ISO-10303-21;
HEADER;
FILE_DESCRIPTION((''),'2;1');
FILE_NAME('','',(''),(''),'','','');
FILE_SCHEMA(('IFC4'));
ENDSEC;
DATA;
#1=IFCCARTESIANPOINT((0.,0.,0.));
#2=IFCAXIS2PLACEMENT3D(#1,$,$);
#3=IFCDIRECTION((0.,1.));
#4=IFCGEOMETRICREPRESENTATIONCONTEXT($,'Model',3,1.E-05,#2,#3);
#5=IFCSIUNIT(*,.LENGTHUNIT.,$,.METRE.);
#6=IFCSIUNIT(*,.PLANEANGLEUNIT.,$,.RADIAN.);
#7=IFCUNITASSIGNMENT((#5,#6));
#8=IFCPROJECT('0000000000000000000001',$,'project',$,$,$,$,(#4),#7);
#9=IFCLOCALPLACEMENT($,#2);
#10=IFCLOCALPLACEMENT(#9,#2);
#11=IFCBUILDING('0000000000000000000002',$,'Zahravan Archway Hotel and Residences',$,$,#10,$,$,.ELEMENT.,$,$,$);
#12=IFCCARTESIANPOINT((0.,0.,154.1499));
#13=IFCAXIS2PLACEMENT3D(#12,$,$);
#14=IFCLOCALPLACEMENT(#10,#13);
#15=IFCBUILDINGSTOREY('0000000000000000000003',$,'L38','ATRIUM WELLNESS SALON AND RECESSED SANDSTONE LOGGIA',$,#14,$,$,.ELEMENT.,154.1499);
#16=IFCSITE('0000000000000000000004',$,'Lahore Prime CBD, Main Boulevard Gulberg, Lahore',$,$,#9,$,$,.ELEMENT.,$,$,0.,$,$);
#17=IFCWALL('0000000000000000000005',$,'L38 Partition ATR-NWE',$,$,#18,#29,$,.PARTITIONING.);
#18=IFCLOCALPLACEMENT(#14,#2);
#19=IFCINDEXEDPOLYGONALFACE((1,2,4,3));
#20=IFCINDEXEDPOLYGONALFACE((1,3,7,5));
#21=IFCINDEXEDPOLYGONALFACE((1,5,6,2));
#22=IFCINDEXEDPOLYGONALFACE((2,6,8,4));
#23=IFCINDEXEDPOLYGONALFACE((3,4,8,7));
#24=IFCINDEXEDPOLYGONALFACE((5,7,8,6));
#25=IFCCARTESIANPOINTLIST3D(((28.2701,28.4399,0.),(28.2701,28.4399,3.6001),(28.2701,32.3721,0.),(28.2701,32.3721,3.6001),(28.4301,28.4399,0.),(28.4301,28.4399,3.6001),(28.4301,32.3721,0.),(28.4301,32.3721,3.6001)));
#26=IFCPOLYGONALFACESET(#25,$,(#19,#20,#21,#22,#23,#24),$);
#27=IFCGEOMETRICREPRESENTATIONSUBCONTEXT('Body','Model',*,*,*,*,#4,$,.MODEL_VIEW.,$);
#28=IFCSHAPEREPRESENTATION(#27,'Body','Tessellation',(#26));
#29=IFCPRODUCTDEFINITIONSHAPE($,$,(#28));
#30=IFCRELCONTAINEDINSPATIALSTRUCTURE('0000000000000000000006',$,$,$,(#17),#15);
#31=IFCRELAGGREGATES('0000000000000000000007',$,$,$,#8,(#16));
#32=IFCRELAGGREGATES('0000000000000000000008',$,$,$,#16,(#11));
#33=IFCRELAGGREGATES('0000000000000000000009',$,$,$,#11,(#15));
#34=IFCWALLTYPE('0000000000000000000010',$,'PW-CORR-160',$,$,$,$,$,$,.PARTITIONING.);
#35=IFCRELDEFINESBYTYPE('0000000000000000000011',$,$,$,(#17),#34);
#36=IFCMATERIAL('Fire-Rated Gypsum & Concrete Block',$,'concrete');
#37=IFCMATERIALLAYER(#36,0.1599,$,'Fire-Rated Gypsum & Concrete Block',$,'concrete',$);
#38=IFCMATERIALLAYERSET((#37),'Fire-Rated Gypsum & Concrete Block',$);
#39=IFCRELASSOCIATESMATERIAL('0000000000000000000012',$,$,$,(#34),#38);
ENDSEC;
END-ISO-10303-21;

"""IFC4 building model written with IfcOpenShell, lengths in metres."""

from ifc_helpers import new_model, si_unit, direction, frame, frame_2d, origin, place, context, subcontext, project, spatial, rectangle, extrude, material, layer, layer_set, type_object, element, save


model = new_model("IFC4")

# Units and contexts
model_context = context("Model", 3, precision=1e-05, world=origin(), true_north=direction((0.0, 1.0)))
body_context = subcontext(model_context, "Body", "Model", "MODEL_VIEW")
ifc_project = project(units=[si_unit("LENGTHUNIT", "METRE"), si_unit("PLANEANGLEUNIT", "RADIAN")], contexts=[model_context])

# Site, building, storey
site_placement = place(None, origin())
site = spatial("IfcSite", under=ifc_project, at=site_placement, Name="Lahore Prime CBD, Main Boulevard Gulberg, Lahore", CompositionType="ELEMENT", RefElevation=0.0)
building_placement = place(site_placement, origin())
building = spatial("IfcBuilding", under=site, at=building_placement, Name="Zahravan Archway Hotel and Residences", CompositionType="ELEMENT")
storey_placement = place(building_placement, frame((0.0, 0.0, 154.1499)))
storey = spatial("IfcBuildingStorey", under=building, at=storey_placement, Name="L38", Description="ATRIUM WELLNESS SALON AND RECESSED SANDSTONE LOGGIA", CompositionType="ELEMENT", Elevation=154.1499)

# Wall
ifc_material_1 = material(Name="Fire-Rated Gypsum & Concrete Block", Category="concrete")
ifc_layer_1 = layer(ifc_material_1, 0.1599, Name="Fire-Rated Gypsum & Concrete Block", Category="concrete")
ifc_layer_set_1 = layer_set([ifc_layer_1], Name="Fire-Rated Gypsum & Concrete Block")
wall_type = type_object("IfcWallType", Name="PW-CORR-160", PredefinedType="PARTITIONING", material=ifc_layer_set_1)
wall_placement = place(storey_placement, frame((28.3501, 28.4399, 0.0), z_axis=(0.0, 0.0, 1.0), x_axis=(0.0, 1.0, 0.0)))
element("IfcWall", 1, at=wall_placement, inside=storey, type_object=wall_type, Name="L38 Partition ATR-NWE", PredefinedType="PARTITIONING", context=body_context, shape_type="SweptSolid", body=[
    extrude(rectangle(XDim=3.9321, YDim=0.1599, at=frame_2d((1.9661, 0.0))), origin(), (0.0, 0.0, 1.0), 3.6001),
])

save(model, "model.ifc")
